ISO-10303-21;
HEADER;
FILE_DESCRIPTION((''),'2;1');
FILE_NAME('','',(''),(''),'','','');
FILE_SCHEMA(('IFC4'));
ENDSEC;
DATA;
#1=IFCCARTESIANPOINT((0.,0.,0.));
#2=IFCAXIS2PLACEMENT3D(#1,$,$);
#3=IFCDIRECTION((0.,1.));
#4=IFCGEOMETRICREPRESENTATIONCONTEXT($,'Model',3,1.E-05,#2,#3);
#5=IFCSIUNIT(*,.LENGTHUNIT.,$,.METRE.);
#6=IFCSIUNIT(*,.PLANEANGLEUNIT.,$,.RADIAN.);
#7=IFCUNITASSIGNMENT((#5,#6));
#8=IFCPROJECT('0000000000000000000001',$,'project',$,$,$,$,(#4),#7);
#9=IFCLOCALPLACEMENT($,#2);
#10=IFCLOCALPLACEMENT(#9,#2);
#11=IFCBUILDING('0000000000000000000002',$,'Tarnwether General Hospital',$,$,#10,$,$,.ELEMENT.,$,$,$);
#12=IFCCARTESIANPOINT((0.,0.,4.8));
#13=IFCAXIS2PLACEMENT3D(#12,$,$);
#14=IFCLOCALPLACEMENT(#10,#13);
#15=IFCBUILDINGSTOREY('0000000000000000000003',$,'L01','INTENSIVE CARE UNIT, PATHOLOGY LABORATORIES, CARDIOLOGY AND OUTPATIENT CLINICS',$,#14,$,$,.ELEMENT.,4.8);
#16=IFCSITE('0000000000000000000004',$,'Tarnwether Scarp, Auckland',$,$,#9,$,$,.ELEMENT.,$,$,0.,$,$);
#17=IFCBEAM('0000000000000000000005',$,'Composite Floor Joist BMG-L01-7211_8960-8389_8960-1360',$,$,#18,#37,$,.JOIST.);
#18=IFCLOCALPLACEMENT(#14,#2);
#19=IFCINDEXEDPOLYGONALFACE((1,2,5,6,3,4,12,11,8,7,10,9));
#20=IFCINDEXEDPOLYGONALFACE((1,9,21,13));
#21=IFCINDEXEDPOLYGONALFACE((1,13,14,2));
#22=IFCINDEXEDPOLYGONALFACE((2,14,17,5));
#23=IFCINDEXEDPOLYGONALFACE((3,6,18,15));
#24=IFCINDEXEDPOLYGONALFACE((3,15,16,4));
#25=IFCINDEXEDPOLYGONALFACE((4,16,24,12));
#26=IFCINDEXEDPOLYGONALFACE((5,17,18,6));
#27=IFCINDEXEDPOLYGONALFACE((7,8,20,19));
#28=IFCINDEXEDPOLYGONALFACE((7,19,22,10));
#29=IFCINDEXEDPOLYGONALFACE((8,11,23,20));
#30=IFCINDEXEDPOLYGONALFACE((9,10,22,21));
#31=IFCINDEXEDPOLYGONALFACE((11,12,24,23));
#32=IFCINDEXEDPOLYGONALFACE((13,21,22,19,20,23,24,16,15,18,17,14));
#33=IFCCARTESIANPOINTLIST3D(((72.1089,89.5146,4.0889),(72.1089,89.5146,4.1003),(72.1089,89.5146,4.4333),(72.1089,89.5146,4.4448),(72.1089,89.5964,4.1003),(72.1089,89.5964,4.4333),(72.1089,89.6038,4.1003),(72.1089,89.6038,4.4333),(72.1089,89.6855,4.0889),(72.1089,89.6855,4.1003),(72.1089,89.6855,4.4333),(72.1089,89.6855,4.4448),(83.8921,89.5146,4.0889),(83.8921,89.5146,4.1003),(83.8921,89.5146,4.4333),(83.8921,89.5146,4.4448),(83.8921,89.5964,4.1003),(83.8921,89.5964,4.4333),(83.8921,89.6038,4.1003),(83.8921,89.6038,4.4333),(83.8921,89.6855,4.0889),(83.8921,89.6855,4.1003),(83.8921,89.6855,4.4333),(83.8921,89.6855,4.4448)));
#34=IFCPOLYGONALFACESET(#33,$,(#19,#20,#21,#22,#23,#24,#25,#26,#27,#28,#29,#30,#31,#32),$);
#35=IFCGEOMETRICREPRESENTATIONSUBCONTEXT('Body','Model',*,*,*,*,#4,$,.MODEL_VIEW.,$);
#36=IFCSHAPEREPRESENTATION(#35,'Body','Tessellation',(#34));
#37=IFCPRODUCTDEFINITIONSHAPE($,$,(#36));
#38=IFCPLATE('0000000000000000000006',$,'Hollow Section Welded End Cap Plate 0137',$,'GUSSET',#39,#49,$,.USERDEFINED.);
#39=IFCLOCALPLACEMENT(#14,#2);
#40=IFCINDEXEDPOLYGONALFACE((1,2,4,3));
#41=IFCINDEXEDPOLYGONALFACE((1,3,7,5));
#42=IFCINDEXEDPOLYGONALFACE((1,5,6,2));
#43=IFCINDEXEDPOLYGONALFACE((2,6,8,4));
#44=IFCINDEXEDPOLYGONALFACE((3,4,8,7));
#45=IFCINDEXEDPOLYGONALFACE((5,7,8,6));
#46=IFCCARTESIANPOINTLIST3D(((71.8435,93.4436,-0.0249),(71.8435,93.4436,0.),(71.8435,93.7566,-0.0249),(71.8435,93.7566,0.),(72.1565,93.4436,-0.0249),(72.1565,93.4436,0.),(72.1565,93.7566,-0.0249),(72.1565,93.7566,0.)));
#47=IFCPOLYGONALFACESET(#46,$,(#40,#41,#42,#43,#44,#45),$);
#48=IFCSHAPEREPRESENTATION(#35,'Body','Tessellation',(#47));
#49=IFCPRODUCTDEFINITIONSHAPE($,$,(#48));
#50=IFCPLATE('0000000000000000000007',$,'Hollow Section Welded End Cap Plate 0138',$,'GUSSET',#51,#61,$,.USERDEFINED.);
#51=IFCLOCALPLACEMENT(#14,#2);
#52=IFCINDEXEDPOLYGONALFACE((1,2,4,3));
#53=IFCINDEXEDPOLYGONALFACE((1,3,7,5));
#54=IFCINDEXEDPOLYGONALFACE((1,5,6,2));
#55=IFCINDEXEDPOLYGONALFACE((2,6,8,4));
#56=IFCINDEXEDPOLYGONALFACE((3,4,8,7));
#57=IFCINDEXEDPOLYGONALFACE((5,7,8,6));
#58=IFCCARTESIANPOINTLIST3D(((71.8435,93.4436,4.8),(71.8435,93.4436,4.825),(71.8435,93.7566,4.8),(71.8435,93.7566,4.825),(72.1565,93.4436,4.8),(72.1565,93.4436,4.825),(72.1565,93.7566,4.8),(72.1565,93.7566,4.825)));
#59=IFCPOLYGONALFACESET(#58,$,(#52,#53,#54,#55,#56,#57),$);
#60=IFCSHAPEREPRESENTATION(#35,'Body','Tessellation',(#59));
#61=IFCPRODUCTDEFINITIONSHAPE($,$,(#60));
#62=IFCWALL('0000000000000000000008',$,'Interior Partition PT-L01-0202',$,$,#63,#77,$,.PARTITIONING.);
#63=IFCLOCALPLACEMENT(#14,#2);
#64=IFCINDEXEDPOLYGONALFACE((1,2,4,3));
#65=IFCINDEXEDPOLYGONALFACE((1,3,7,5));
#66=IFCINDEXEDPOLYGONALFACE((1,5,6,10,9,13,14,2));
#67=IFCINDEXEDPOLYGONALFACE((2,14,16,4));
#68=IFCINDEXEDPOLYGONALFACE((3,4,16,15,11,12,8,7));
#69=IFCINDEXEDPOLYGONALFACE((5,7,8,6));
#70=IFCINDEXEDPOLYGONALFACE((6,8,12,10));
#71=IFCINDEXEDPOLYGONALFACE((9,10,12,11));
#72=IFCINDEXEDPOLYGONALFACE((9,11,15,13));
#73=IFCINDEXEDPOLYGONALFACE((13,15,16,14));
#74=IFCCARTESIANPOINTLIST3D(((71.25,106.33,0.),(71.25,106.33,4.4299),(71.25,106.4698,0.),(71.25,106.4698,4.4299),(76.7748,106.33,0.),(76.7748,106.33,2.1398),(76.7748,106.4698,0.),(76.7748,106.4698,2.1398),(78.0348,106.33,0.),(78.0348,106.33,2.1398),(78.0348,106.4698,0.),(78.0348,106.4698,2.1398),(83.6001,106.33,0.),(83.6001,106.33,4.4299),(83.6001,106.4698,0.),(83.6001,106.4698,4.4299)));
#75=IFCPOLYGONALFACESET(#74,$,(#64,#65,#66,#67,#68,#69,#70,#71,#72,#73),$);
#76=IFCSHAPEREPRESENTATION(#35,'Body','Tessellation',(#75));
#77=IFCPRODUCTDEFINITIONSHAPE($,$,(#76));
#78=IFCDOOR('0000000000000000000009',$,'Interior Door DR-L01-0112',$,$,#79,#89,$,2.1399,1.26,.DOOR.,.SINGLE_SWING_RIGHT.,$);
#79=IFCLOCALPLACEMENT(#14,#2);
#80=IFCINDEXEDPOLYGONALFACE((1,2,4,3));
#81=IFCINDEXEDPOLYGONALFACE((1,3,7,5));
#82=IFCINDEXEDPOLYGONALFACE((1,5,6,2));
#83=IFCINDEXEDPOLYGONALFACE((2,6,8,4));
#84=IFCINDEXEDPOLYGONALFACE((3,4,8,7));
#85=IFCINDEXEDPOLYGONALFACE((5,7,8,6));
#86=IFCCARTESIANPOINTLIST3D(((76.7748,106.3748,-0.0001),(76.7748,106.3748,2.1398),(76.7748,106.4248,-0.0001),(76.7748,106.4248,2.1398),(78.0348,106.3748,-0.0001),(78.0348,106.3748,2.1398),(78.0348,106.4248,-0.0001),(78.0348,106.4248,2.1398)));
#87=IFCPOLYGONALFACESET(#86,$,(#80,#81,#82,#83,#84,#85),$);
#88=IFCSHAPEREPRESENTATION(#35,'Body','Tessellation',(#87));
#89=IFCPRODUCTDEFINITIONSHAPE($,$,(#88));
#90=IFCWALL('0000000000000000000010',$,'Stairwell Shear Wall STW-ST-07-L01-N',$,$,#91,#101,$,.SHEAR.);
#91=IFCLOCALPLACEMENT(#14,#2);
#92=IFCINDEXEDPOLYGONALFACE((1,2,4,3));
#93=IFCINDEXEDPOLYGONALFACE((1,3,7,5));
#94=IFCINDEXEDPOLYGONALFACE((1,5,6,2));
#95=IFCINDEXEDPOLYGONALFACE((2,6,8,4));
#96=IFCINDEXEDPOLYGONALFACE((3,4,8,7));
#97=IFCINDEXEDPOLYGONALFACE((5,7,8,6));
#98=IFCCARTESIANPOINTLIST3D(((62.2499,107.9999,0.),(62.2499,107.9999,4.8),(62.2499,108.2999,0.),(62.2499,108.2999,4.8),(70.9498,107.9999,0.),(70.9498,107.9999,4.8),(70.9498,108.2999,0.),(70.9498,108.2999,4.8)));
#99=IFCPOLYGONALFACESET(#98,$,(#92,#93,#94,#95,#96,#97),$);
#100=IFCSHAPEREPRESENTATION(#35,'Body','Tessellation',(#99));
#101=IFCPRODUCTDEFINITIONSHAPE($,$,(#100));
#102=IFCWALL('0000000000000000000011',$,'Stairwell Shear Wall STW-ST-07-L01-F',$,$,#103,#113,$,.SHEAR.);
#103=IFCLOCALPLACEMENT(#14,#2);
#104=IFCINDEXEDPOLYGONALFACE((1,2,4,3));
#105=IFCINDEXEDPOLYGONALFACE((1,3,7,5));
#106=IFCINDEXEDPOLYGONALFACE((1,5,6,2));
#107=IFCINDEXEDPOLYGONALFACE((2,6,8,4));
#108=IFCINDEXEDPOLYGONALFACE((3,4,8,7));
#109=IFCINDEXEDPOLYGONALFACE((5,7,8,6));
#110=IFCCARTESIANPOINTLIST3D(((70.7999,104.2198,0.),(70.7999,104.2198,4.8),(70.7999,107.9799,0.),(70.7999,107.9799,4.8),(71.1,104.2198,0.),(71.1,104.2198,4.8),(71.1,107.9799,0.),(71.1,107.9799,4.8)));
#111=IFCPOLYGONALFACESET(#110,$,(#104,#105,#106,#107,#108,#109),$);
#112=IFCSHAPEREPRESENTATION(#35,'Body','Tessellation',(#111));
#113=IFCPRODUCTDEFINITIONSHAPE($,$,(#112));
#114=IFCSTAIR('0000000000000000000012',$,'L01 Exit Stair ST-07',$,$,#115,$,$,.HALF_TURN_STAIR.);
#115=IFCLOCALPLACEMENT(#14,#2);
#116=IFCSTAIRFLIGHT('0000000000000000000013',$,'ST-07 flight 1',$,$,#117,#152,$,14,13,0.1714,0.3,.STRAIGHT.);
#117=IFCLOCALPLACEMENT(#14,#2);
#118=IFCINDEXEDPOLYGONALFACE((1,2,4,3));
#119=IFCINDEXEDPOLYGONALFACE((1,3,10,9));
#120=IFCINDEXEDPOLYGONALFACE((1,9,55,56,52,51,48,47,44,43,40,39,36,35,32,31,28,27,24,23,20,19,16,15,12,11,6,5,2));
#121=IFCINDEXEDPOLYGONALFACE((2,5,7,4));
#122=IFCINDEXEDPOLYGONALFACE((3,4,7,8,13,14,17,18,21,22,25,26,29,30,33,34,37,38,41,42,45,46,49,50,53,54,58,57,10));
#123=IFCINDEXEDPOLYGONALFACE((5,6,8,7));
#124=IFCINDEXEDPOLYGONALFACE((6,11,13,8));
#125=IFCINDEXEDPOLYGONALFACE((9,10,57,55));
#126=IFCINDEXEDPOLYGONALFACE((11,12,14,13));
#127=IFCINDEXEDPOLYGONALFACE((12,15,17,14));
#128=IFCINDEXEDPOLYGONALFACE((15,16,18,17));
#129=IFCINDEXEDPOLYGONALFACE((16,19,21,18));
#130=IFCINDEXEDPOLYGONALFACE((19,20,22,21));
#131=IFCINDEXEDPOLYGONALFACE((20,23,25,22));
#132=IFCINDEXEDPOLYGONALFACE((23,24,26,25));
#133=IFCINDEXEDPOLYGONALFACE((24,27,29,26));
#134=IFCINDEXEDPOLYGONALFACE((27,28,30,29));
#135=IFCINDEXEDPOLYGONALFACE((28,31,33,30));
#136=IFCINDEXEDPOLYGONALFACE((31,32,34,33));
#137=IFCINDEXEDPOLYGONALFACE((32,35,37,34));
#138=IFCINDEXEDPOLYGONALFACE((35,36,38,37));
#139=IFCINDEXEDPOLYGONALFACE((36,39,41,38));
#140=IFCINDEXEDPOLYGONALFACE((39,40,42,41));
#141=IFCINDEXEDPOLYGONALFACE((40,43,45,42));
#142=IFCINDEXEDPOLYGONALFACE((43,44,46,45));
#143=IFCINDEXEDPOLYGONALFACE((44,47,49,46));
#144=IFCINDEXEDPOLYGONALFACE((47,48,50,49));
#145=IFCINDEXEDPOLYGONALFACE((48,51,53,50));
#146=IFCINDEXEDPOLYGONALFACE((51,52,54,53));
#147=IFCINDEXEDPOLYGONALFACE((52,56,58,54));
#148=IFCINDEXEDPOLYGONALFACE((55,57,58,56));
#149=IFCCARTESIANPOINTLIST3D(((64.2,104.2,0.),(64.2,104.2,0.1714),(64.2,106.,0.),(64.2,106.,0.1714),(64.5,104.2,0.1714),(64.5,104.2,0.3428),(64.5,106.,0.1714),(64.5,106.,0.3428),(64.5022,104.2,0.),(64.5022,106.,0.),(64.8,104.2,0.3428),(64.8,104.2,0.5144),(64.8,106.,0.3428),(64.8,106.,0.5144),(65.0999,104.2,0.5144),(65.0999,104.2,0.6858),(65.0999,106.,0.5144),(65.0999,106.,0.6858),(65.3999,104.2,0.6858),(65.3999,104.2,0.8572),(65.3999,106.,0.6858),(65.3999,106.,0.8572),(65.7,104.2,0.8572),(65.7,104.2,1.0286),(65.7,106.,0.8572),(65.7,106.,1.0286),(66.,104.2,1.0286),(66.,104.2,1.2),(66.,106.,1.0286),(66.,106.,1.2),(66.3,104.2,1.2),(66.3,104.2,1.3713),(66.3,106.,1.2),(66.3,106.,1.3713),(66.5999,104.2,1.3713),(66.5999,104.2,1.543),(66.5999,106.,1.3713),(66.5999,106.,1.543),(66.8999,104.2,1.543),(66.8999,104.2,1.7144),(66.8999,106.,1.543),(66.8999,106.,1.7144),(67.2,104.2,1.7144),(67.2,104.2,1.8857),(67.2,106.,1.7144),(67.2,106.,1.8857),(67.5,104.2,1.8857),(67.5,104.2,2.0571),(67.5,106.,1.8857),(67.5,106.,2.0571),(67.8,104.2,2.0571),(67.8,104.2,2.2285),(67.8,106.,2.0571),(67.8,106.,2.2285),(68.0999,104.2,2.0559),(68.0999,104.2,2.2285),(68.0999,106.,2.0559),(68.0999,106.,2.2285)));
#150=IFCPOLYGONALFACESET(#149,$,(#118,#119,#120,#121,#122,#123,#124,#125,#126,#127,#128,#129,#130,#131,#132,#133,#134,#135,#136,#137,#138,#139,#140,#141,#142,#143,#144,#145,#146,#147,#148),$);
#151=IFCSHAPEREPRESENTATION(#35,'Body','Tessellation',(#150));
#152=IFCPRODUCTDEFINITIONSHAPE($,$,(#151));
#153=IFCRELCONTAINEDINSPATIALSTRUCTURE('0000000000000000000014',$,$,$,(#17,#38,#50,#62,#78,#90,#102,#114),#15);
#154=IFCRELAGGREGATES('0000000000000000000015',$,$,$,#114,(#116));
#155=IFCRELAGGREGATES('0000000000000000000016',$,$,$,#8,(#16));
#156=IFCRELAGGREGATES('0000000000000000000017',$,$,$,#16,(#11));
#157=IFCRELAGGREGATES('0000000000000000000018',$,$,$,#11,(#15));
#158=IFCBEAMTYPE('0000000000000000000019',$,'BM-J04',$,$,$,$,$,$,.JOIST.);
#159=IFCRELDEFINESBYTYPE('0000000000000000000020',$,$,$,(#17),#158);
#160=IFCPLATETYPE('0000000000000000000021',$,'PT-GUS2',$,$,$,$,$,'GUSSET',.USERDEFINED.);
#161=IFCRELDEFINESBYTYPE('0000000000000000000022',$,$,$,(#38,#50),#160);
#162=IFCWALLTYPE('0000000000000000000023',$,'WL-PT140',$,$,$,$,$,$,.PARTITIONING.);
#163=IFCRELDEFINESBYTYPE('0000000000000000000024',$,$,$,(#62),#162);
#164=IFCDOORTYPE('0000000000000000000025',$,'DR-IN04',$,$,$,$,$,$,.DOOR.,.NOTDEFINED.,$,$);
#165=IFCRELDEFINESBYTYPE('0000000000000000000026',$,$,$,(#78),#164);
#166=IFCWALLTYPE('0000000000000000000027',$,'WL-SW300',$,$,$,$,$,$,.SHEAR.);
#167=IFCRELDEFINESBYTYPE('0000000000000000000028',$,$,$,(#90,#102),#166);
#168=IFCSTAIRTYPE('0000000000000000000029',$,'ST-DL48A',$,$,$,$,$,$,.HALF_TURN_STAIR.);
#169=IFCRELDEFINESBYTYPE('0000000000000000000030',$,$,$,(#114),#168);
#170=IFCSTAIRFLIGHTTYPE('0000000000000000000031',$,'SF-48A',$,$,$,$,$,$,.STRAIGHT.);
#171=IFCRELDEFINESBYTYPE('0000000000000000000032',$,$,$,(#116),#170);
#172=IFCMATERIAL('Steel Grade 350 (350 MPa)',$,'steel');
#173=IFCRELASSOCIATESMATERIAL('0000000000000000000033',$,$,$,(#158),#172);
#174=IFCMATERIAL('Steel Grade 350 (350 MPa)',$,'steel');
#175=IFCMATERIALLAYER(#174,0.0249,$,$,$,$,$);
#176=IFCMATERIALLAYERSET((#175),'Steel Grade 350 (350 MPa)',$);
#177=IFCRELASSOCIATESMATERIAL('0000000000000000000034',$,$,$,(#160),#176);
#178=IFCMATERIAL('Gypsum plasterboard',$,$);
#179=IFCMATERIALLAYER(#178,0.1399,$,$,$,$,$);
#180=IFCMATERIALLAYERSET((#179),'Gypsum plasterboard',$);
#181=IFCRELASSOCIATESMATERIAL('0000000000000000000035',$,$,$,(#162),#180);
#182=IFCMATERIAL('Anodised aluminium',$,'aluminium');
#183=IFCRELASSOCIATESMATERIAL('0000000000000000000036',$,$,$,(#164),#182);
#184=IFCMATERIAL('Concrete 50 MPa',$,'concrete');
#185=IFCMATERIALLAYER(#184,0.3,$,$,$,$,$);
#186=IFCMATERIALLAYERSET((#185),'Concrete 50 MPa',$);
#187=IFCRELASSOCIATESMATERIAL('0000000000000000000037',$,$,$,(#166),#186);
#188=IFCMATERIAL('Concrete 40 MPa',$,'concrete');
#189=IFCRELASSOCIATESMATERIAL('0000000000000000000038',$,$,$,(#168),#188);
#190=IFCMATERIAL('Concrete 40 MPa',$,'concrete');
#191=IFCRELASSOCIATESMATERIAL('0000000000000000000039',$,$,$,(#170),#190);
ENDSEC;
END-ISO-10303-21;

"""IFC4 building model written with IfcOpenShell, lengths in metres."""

from ifc_helpers import new_model, si_unit, direction, frame, frame_2d, origin, origin_2d, place, context, subcontext, project, spatial, polyline, rectangle, i_section, outline, extrude, material, layer, layer_set, material_profile, profile_set, type_object, element, fill, aggregate, save


model = new_model("IFC4")

# Units and contexts
model_context = context("Model", 3, precision=1e-05, world=origin(), true_north=direction((0.0, 1.0)))
body_context = subcontext(model_context, "Body", "Model", "MODEL_VIEW")
ifc_project = project(units=[si_unit("LENGTHUNIT", "METRE"), si_unit("PLANEANGLEUNIT", "RADIAN")], contexts=[model_context])

# Site, building, storey
site_placement = place(None, origin())
site = spatial("IfcSite", under=ifc_project, at=site_placement, Name="Tarnwether Scarp, Auckland", CompositionType="ELEMENT", RefElevation=0.0)
building_placement = place(site_placement, origin())
building = spatial("IfcBuilding", under=site, at=building_placement, Name="Tarnwether General Hospital", CompositionType="ELEMENT")
storey_placement = place(building_placement, frame((0.0, 0.0, 4.8)))
storey = spatial("IfcBuildingStorey", under=building, at=storey_placement, Name="L01", Description="INTENSIVE CARE UNIT, PATHOLOGY LABORATORIES, CARDIOLOGY AND OUTPATIENT CLINICS", CompositionType="ELEMENT", Elevation=4.8)

# Beam
ifc_material_1 = material(Name="Steel Grade 350 (350 MPa)", Category="steel")
ifc_material_profile_1 = material_profile(ifc_material_1, i_section(OverallWidth=0.1709, OverallDepth=0.356, WebThickness=0.0073, FlangeThickness=0.0115, at=origin_2d()), Name="360UB50.7")
ifc_profile_set_1 = profile_set([ifc_material_profile_1], Name="Steel Grade 350 (350 MPa)")
beam_type_1 = type_object("IfcBeamType", Name="BM-J04", PredefinedType="JOIST", material=ifc_profile_set_1)
beam_1_placement = place(storey_placement, frame((72.1089, 89.6001, 4.2668), z_axis=(1.0, 0.0, 0.0), x_axis=(0.0, 1.0, 0.0)))
element("IfcBeam", 1, at=beam_1_placement, inside=storey, type_object=beam_type_1, Name="Composite Floor Joist BMG-L01-7211_8960-8389_8960-1360", PredefinedType="JOIST", context=body_context, shape_type="SweptSolid", body=[
    extrude(i_section(OverallWidth=0.1709, OverallDepth=0.356, WebThickness=0.0073, FlangeThickness=0.0115, at=origin_2d()), origin(), (0.0, 0.0, 1.0), 11.7832),
])

# Plates
ifc_material_2 = material(Name="Steel Grade 350 (350 MPa)", Category="steel")
ifc_layer_1 = layer(ifc_material_2, 0.0249)
ifc_layer_set_1 = layer_set([ifc_layer_1], Name="Steel Grade 350 (350 MPa)")
plate_type = type_object("IfcPlateType", Name="PT-GUS2", ElementType="GUSSET", PredefinedType="USERDEFINED", material=ifc_layer_set_1)
for number, where, z_axis, x_axis, name in (
    (2, (72.0, 93.6001, -0.0249), (0.0, 0.0, 1.0), (1.0, 0.0, 0.0), "Hollow Section Welded End Cap Plate 0137"),
    (3, (72.0, 93.6001, 4.8), (0.0, 0.0, 1.0), (1.0, 0.0, 0.0), "Hollow Section Welded End Cap Plate 0138"),
):
    element("IfcPlate", number, at=place(storey_placement, frame(where, z_axis=z_axis, x_axis=x_axis)), inside=storey, type_object=plate_type, Name=name, ObjectType="GUSSET", PredefinedType="USERDEFINED", context=body_context, shape_type="SweptSolid", body=[
        extrude(rectangle(XDim=0.313, YDim=0.313, at=origin_2d()), origin(), (0.0, 0.0, 1.0), 0.0249),
    ])

# Wall, opening, door
ifc_material_3 = material(Name="Gypsum plasterboard")
ifc_layer_2 = layer(ifc_material_3, 0.1399)
ifc_layer_set_2 = layer_set([ifc_layer_2], Name="Gypsum plasterboard")
wall_type_1 = type_object("IfcWallType", Name="WL-PT140", PredefinedType="PARTITIONING", material=ifc_layer_set_2)
wall_1_placement = place(storey_placement, frame((71.25, 106.3999, 0.0), z_axis=(0.0, 0.0, 1.0), x_axis=(1.0, 0.0, 0.0)))
wall_1 = element("IfcWall", 4, at=wall_1_placement, inside=storey, type_object=wall_type_1, Name="Interior Partition PT-L01-0202", PredefinedType="PARTITIONING", context=body_context, shape_type="SweptSolid", body=[
    extrude(rectangle(XDim=12.3501, YDim=0.1399, at=frame_2d((6.175, 0.0))), origin(), (0.0, 0.0, 1.0), 4.4299),
])
opening_placement = place(wall_1_placement, frame((5.5249, 0.0, 0.0)))
opening = element("IfcOpeningElement", 5, at=opening_placement, cuts=wall_1, PredefinedType="OPENING", context=body_context, shape_type="SweptSolid", body=[
    extrude(rectangle(XDim=1.26, YDim=2.1399, at=frame_2d((0.6299, 1.0698))), frame((0.0, 0.0801, 0.0), z_axis=(0.0, -1.0, 0.0), x_axis=(1.0, 0.0, 0.0)), (0.0, 0.0, 1.0), 0.1599),
])
ifc_material_4 = material(Name="Anodised aluminium", Category="aluminium")
door_type = type_object("IfcDoorType", Name="DR-IN04", OperationType="NOTDEFINED", PredefinedType="DOOR", material=ifc_material_4)
door_placement = place(opening_placement, origin())
door = element("IfcDoor", 6, at=door_placement, inside=storey, type_object=door_type, Name="Interior Door DR-L01-0112", OperationType="SINGLE_SWING_RIGHT", OverallHeight=2.1399, OverallWidth=1.26, PredefinedType="DOOR", context=body_context, shape_type="SweptSolid", body=[
    extrude(rectangle(XDim=1.26, YDim=2.1399, at=frame_2d((0.6299, 1.0698))), frame((0.0, 0.0249, 0.0), z_axis=(0.0, -1.0, 0.0), x_axis=(1.0, 0.0, 0.0)), (0.0, 0.0, 1.0), 0.05),
])
fill(opening, door)

# Walls
ifc_material_5 = material(Name="Concrete 50 MPa", Category="concrete")
ifc_layer_3 = layer(ifc_material_5, 0.3)
ifc_layer_set_3 = layer_set([ifc_layer_3], Name="Concrete 50 MPa")
wall_type_2 = type_object("IfcWallType", Name="WL-SW300", PredefinedType="SHEAR", material=ifc_layer_set_3)
wall_2_placement = place(storey_placement, frame((70.95, 108.1499, 0.0), z_axis=(0.0, 0.0, 1.0), x_axis=(-1.0, 0.0, 0.0)))
element("IfcWall", 7, at=wall_2_placement, inside=storey, type_object=wall_type_2, Name="Stairwell Shear Wall STW-ST-07-L01-N", PredefinedType="SHEAR", context=body_context, shape_type="SweptSolid", body=[
    extrude(rectangle(XDim=8.7, YDim=0.3, at=frame_2d((4.3501, 0.0))), origin(), (0.0, 0.0, 1.0), 4.8),
])
wall_3_placement = place(storey_placement, frame((70.95, 104.22, 0.0), z_axis=(0.0, 0.0, 1.0), x_axis=(0.0, 1.0, 0.0)))
element("IfcWall", 8, at=wall_3_placement, inside=storey, type_object=wall_type_2, Name="Stairwell Shear Wall STW-ST-07-L01-F", PredefinedType="SHEAR", context=body_context, shape_type="SweptSolid", body=[
    extrude(rectangle(XDim=3.76, YDim=0.3, at=frame_2d((1.8799, 0.0))), origin(), (0.0, 0.0, 1.0), 4.8),
])

# Stair, stair flight
ifc_material_6 = material(Name="Concrete 40 MPa", Category="concrete")
stair_type = type_object("IfcStairType", Name="ST-DL48A", PredefinedType="HALF_TURN_STAIR", material=ifc_material_6)
stair_placement = place(storey_placement, origin())
stair = element("IfcStair", 9, at=stair_placement, inside=storey, type_object=stair_type, Name="L01 Exit Stair ST-07", PredefinedType="HALF_TURN_STAIR")
ifc_material_7 = material(Name="Concrete 40 MPa", Category="concrete")
stair_flight_type = type_object("IfcStairFlightType", Name="SF-48A", PredefinedType="STRAIGHT", material=ifc_material_7)
stair_flight_1_placement = place(storey_placement, frame((64.2, 105.1001, 0.0), z_axis=(0.0, 0.0, 1.0), x_axis=(1.0, 0.0, 0.0)))
stair_flight_1 = element("IfcStairFlight", 10, at=stair_flight_1_placement, type_object=stair_flight_type, Name="ST-07 flight 1", NumberOfRisers=14, NumberOfTreads=13, PredefinedType="STRAIGHT", RiserHeight=0.1714, TreadLength=0.3, context=body_context, shape_type="SweptSolid", body=[
    extrude(outline(polyline([(0.0, 0.0), (0.0, 0.1714), (0.3, 0.1714), (0.3, 0.3428), (0.6001, 0.3428), (0.6001, 0.5144), (0.8999, 0.5144), (0.8999, 0.6858), (1.2, 0.6858), (1.2, 0.8572), (1.5, 0.8572), (1.5, 1.0286), (1.8, 1.0286), (1.8, 1.2), (2.1001, 1.2), (2.1001, 1.3713), (2.3999, 1.3713), (2.3999, 1.543), (2.7, 1.543), (2.7, 1.7144), (3.0, 1.7144), (3.0, 1.8857), (3.3, 1.8857), (3.3, 2.0571), (3.6001, 2.0571), (3.6001, 2.2285), (3.8999, 2.2285), (3.8999, 2.3999), (3.8999, 2.0559), (0.3022, 0.0), (0.0, 0.0)])), frame((0.0, 0.8999, 0.0), z_axis=(0.0, -1.0, 0.0), x_axis=(1.0, 0.0, 0.0)), (0.0, 0.0, 1.0), 1.8),
])
aggregate(stair, [stair_flight_1])

save(model, "model.ifc")
